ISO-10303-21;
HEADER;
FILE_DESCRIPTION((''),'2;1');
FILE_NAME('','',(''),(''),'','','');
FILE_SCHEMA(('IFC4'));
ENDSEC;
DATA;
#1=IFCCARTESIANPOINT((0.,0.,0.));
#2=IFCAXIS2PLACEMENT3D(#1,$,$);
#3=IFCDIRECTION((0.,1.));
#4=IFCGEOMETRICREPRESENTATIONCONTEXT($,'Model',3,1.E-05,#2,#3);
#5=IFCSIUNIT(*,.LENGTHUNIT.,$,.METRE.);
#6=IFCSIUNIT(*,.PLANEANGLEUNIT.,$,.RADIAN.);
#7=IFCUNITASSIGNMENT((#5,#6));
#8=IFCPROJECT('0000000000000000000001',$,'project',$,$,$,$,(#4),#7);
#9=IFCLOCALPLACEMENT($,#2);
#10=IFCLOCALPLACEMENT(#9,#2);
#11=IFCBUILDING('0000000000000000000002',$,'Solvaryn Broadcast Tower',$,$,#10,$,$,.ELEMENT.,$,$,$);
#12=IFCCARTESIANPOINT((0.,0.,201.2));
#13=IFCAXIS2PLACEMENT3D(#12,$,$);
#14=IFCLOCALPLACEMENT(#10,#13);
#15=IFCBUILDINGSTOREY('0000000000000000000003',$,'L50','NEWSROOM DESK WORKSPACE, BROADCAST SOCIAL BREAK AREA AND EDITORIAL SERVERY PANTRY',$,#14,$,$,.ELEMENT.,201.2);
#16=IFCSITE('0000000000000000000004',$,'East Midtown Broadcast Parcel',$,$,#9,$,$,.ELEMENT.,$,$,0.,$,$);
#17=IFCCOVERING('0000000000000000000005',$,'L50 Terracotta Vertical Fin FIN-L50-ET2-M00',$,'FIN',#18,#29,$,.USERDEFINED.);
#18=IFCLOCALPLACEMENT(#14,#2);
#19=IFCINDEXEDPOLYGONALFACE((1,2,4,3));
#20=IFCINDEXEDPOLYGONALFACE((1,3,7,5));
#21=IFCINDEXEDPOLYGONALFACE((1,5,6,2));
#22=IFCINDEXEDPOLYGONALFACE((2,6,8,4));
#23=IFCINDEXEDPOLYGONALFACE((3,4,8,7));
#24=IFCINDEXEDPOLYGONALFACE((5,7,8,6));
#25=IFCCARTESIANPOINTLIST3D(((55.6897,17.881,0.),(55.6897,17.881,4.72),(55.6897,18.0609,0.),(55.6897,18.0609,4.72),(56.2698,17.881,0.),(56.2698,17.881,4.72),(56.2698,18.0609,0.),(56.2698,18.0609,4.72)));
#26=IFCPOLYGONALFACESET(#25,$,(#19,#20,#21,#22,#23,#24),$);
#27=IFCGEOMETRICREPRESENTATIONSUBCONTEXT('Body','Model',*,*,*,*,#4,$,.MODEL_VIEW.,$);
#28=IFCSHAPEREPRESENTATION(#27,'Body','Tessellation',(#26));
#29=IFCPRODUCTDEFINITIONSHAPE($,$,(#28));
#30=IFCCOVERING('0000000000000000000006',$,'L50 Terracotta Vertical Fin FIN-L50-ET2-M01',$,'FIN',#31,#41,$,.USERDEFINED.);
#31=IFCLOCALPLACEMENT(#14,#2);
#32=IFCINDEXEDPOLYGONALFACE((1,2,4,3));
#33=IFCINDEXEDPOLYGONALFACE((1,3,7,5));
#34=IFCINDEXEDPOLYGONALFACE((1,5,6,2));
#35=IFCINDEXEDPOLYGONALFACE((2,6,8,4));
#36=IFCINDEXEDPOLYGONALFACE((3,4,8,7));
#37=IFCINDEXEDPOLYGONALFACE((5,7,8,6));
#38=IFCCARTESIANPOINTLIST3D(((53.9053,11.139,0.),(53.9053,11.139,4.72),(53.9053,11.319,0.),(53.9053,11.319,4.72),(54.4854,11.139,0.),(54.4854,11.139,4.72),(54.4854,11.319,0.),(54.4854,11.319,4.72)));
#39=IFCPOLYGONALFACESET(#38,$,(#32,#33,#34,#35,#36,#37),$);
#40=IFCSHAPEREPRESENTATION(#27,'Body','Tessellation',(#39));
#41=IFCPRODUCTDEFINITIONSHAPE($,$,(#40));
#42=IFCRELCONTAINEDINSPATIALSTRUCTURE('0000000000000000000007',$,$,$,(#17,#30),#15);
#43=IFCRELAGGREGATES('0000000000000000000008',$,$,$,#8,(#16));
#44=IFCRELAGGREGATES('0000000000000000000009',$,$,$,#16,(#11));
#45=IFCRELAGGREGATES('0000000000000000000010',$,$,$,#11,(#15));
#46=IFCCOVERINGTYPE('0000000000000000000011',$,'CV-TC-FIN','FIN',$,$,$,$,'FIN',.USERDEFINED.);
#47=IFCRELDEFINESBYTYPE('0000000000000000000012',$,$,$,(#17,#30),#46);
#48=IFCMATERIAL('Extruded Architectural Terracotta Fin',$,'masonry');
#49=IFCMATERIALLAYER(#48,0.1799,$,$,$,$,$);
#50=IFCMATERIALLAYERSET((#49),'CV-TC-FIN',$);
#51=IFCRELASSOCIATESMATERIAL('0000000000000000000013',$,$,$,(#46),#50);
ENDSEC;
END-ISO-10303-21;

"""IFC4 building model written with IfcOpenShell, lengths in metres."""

from ifc_helpers import new_model, si_unit, direction, frame, origin, origin_2d, place, context, subcontext, project, spatial, rectangle, extrude, material, layer, layer_set, type_object, element, save


model = new_model("IFC4")

# Units and contexts
model_context = context("Model", 3, precision=1e-05, world=origin(), true_north=direction((0.0, 1.0)))
body_context = subcontext(model_context, "Body", "Model", "MODEL_VIEW")
ifc_project = project(units=[si_unit("LENGTHUNIT", "METRE"), si_unit("PLANEANGLEUNIT", "RADIAN")], contexts=[model_context])

# Site, building, storey
site_placement = place(None, origin())
site = spatial("IfcSite", under=ifc_project, at=site_placement, Name="East Midtown Broadcast Parcel", CompositionType="ELEMENT", RefElevation=0.0)
building_placement = place(site_placement, origin())
building = spatial("IfcBuilding", under=site, at=building_placement, Name="Solvaryn Broadcast Tower", CompositionType="ELEMENT")
storey_placement = place(building_placement, frame((0.0, 0.0, 201.2)))
storey = spatial("IfcBuildingStorey", under=building, at=storey_placement, Name="L50", Description="NEWSROOM DESK WORKSPACE, BROADCAST SOCIAL BREAK AREA AND EDITORIAL SERVERY PANTRY", CompositionType="ELEMENT", Elevation=201.2)

# Coverings
ifc_material_1 = material(Name="Extruded Architectural Terracotta Fin", Category="masonry")
ifc_layer_1 = layer(ifc_material_1, 0.1799)
ifc_layer_set_1 = layer_set([ifc_layer_1], Name="CV-TC-FIN")
covering_type_1 = type_object("IfcCoveringType", Name="CV-TC-FIN", Description="FIN", ElementType="FIN", PredefinedType="USERDEFINED", material=ifc_layer_set_1)
for number, where, z_axis, x_axis, name in (
    (1, (55.9797, 17.9709, 0.0), (0.0, 0.0, 1.0), (1.0, 0.0, 0.0), "L50 Terracotta Vertical Fin FIN-L50-ET2-M00"),
    (2, (54.1953, 11.229, 0.0), (0.0, 0.0, 1.0), (1.0, 0.0, 0.0), "L50 Terracotta Vertical Fin FIN-L50-ET2-M01"),
):
    element("IfcCovering", number, at=place(storey_placement, frame(where, z_axis=z_axis, x_axis=x_axis)), inside=storey, type_object=covering_type_1, Name=name, ObjectType="FIN", PredefinedType="USERDEFINED", context=body_context, shape_type="SweptSolid", body=[
        extrude(rectangle(XDim=0.5801, YDim=0.1799, at=origin_2d()), origin(), (0.0, 0.0, 1.0), 4.72),
    ])

save(model, "model.ifc")
